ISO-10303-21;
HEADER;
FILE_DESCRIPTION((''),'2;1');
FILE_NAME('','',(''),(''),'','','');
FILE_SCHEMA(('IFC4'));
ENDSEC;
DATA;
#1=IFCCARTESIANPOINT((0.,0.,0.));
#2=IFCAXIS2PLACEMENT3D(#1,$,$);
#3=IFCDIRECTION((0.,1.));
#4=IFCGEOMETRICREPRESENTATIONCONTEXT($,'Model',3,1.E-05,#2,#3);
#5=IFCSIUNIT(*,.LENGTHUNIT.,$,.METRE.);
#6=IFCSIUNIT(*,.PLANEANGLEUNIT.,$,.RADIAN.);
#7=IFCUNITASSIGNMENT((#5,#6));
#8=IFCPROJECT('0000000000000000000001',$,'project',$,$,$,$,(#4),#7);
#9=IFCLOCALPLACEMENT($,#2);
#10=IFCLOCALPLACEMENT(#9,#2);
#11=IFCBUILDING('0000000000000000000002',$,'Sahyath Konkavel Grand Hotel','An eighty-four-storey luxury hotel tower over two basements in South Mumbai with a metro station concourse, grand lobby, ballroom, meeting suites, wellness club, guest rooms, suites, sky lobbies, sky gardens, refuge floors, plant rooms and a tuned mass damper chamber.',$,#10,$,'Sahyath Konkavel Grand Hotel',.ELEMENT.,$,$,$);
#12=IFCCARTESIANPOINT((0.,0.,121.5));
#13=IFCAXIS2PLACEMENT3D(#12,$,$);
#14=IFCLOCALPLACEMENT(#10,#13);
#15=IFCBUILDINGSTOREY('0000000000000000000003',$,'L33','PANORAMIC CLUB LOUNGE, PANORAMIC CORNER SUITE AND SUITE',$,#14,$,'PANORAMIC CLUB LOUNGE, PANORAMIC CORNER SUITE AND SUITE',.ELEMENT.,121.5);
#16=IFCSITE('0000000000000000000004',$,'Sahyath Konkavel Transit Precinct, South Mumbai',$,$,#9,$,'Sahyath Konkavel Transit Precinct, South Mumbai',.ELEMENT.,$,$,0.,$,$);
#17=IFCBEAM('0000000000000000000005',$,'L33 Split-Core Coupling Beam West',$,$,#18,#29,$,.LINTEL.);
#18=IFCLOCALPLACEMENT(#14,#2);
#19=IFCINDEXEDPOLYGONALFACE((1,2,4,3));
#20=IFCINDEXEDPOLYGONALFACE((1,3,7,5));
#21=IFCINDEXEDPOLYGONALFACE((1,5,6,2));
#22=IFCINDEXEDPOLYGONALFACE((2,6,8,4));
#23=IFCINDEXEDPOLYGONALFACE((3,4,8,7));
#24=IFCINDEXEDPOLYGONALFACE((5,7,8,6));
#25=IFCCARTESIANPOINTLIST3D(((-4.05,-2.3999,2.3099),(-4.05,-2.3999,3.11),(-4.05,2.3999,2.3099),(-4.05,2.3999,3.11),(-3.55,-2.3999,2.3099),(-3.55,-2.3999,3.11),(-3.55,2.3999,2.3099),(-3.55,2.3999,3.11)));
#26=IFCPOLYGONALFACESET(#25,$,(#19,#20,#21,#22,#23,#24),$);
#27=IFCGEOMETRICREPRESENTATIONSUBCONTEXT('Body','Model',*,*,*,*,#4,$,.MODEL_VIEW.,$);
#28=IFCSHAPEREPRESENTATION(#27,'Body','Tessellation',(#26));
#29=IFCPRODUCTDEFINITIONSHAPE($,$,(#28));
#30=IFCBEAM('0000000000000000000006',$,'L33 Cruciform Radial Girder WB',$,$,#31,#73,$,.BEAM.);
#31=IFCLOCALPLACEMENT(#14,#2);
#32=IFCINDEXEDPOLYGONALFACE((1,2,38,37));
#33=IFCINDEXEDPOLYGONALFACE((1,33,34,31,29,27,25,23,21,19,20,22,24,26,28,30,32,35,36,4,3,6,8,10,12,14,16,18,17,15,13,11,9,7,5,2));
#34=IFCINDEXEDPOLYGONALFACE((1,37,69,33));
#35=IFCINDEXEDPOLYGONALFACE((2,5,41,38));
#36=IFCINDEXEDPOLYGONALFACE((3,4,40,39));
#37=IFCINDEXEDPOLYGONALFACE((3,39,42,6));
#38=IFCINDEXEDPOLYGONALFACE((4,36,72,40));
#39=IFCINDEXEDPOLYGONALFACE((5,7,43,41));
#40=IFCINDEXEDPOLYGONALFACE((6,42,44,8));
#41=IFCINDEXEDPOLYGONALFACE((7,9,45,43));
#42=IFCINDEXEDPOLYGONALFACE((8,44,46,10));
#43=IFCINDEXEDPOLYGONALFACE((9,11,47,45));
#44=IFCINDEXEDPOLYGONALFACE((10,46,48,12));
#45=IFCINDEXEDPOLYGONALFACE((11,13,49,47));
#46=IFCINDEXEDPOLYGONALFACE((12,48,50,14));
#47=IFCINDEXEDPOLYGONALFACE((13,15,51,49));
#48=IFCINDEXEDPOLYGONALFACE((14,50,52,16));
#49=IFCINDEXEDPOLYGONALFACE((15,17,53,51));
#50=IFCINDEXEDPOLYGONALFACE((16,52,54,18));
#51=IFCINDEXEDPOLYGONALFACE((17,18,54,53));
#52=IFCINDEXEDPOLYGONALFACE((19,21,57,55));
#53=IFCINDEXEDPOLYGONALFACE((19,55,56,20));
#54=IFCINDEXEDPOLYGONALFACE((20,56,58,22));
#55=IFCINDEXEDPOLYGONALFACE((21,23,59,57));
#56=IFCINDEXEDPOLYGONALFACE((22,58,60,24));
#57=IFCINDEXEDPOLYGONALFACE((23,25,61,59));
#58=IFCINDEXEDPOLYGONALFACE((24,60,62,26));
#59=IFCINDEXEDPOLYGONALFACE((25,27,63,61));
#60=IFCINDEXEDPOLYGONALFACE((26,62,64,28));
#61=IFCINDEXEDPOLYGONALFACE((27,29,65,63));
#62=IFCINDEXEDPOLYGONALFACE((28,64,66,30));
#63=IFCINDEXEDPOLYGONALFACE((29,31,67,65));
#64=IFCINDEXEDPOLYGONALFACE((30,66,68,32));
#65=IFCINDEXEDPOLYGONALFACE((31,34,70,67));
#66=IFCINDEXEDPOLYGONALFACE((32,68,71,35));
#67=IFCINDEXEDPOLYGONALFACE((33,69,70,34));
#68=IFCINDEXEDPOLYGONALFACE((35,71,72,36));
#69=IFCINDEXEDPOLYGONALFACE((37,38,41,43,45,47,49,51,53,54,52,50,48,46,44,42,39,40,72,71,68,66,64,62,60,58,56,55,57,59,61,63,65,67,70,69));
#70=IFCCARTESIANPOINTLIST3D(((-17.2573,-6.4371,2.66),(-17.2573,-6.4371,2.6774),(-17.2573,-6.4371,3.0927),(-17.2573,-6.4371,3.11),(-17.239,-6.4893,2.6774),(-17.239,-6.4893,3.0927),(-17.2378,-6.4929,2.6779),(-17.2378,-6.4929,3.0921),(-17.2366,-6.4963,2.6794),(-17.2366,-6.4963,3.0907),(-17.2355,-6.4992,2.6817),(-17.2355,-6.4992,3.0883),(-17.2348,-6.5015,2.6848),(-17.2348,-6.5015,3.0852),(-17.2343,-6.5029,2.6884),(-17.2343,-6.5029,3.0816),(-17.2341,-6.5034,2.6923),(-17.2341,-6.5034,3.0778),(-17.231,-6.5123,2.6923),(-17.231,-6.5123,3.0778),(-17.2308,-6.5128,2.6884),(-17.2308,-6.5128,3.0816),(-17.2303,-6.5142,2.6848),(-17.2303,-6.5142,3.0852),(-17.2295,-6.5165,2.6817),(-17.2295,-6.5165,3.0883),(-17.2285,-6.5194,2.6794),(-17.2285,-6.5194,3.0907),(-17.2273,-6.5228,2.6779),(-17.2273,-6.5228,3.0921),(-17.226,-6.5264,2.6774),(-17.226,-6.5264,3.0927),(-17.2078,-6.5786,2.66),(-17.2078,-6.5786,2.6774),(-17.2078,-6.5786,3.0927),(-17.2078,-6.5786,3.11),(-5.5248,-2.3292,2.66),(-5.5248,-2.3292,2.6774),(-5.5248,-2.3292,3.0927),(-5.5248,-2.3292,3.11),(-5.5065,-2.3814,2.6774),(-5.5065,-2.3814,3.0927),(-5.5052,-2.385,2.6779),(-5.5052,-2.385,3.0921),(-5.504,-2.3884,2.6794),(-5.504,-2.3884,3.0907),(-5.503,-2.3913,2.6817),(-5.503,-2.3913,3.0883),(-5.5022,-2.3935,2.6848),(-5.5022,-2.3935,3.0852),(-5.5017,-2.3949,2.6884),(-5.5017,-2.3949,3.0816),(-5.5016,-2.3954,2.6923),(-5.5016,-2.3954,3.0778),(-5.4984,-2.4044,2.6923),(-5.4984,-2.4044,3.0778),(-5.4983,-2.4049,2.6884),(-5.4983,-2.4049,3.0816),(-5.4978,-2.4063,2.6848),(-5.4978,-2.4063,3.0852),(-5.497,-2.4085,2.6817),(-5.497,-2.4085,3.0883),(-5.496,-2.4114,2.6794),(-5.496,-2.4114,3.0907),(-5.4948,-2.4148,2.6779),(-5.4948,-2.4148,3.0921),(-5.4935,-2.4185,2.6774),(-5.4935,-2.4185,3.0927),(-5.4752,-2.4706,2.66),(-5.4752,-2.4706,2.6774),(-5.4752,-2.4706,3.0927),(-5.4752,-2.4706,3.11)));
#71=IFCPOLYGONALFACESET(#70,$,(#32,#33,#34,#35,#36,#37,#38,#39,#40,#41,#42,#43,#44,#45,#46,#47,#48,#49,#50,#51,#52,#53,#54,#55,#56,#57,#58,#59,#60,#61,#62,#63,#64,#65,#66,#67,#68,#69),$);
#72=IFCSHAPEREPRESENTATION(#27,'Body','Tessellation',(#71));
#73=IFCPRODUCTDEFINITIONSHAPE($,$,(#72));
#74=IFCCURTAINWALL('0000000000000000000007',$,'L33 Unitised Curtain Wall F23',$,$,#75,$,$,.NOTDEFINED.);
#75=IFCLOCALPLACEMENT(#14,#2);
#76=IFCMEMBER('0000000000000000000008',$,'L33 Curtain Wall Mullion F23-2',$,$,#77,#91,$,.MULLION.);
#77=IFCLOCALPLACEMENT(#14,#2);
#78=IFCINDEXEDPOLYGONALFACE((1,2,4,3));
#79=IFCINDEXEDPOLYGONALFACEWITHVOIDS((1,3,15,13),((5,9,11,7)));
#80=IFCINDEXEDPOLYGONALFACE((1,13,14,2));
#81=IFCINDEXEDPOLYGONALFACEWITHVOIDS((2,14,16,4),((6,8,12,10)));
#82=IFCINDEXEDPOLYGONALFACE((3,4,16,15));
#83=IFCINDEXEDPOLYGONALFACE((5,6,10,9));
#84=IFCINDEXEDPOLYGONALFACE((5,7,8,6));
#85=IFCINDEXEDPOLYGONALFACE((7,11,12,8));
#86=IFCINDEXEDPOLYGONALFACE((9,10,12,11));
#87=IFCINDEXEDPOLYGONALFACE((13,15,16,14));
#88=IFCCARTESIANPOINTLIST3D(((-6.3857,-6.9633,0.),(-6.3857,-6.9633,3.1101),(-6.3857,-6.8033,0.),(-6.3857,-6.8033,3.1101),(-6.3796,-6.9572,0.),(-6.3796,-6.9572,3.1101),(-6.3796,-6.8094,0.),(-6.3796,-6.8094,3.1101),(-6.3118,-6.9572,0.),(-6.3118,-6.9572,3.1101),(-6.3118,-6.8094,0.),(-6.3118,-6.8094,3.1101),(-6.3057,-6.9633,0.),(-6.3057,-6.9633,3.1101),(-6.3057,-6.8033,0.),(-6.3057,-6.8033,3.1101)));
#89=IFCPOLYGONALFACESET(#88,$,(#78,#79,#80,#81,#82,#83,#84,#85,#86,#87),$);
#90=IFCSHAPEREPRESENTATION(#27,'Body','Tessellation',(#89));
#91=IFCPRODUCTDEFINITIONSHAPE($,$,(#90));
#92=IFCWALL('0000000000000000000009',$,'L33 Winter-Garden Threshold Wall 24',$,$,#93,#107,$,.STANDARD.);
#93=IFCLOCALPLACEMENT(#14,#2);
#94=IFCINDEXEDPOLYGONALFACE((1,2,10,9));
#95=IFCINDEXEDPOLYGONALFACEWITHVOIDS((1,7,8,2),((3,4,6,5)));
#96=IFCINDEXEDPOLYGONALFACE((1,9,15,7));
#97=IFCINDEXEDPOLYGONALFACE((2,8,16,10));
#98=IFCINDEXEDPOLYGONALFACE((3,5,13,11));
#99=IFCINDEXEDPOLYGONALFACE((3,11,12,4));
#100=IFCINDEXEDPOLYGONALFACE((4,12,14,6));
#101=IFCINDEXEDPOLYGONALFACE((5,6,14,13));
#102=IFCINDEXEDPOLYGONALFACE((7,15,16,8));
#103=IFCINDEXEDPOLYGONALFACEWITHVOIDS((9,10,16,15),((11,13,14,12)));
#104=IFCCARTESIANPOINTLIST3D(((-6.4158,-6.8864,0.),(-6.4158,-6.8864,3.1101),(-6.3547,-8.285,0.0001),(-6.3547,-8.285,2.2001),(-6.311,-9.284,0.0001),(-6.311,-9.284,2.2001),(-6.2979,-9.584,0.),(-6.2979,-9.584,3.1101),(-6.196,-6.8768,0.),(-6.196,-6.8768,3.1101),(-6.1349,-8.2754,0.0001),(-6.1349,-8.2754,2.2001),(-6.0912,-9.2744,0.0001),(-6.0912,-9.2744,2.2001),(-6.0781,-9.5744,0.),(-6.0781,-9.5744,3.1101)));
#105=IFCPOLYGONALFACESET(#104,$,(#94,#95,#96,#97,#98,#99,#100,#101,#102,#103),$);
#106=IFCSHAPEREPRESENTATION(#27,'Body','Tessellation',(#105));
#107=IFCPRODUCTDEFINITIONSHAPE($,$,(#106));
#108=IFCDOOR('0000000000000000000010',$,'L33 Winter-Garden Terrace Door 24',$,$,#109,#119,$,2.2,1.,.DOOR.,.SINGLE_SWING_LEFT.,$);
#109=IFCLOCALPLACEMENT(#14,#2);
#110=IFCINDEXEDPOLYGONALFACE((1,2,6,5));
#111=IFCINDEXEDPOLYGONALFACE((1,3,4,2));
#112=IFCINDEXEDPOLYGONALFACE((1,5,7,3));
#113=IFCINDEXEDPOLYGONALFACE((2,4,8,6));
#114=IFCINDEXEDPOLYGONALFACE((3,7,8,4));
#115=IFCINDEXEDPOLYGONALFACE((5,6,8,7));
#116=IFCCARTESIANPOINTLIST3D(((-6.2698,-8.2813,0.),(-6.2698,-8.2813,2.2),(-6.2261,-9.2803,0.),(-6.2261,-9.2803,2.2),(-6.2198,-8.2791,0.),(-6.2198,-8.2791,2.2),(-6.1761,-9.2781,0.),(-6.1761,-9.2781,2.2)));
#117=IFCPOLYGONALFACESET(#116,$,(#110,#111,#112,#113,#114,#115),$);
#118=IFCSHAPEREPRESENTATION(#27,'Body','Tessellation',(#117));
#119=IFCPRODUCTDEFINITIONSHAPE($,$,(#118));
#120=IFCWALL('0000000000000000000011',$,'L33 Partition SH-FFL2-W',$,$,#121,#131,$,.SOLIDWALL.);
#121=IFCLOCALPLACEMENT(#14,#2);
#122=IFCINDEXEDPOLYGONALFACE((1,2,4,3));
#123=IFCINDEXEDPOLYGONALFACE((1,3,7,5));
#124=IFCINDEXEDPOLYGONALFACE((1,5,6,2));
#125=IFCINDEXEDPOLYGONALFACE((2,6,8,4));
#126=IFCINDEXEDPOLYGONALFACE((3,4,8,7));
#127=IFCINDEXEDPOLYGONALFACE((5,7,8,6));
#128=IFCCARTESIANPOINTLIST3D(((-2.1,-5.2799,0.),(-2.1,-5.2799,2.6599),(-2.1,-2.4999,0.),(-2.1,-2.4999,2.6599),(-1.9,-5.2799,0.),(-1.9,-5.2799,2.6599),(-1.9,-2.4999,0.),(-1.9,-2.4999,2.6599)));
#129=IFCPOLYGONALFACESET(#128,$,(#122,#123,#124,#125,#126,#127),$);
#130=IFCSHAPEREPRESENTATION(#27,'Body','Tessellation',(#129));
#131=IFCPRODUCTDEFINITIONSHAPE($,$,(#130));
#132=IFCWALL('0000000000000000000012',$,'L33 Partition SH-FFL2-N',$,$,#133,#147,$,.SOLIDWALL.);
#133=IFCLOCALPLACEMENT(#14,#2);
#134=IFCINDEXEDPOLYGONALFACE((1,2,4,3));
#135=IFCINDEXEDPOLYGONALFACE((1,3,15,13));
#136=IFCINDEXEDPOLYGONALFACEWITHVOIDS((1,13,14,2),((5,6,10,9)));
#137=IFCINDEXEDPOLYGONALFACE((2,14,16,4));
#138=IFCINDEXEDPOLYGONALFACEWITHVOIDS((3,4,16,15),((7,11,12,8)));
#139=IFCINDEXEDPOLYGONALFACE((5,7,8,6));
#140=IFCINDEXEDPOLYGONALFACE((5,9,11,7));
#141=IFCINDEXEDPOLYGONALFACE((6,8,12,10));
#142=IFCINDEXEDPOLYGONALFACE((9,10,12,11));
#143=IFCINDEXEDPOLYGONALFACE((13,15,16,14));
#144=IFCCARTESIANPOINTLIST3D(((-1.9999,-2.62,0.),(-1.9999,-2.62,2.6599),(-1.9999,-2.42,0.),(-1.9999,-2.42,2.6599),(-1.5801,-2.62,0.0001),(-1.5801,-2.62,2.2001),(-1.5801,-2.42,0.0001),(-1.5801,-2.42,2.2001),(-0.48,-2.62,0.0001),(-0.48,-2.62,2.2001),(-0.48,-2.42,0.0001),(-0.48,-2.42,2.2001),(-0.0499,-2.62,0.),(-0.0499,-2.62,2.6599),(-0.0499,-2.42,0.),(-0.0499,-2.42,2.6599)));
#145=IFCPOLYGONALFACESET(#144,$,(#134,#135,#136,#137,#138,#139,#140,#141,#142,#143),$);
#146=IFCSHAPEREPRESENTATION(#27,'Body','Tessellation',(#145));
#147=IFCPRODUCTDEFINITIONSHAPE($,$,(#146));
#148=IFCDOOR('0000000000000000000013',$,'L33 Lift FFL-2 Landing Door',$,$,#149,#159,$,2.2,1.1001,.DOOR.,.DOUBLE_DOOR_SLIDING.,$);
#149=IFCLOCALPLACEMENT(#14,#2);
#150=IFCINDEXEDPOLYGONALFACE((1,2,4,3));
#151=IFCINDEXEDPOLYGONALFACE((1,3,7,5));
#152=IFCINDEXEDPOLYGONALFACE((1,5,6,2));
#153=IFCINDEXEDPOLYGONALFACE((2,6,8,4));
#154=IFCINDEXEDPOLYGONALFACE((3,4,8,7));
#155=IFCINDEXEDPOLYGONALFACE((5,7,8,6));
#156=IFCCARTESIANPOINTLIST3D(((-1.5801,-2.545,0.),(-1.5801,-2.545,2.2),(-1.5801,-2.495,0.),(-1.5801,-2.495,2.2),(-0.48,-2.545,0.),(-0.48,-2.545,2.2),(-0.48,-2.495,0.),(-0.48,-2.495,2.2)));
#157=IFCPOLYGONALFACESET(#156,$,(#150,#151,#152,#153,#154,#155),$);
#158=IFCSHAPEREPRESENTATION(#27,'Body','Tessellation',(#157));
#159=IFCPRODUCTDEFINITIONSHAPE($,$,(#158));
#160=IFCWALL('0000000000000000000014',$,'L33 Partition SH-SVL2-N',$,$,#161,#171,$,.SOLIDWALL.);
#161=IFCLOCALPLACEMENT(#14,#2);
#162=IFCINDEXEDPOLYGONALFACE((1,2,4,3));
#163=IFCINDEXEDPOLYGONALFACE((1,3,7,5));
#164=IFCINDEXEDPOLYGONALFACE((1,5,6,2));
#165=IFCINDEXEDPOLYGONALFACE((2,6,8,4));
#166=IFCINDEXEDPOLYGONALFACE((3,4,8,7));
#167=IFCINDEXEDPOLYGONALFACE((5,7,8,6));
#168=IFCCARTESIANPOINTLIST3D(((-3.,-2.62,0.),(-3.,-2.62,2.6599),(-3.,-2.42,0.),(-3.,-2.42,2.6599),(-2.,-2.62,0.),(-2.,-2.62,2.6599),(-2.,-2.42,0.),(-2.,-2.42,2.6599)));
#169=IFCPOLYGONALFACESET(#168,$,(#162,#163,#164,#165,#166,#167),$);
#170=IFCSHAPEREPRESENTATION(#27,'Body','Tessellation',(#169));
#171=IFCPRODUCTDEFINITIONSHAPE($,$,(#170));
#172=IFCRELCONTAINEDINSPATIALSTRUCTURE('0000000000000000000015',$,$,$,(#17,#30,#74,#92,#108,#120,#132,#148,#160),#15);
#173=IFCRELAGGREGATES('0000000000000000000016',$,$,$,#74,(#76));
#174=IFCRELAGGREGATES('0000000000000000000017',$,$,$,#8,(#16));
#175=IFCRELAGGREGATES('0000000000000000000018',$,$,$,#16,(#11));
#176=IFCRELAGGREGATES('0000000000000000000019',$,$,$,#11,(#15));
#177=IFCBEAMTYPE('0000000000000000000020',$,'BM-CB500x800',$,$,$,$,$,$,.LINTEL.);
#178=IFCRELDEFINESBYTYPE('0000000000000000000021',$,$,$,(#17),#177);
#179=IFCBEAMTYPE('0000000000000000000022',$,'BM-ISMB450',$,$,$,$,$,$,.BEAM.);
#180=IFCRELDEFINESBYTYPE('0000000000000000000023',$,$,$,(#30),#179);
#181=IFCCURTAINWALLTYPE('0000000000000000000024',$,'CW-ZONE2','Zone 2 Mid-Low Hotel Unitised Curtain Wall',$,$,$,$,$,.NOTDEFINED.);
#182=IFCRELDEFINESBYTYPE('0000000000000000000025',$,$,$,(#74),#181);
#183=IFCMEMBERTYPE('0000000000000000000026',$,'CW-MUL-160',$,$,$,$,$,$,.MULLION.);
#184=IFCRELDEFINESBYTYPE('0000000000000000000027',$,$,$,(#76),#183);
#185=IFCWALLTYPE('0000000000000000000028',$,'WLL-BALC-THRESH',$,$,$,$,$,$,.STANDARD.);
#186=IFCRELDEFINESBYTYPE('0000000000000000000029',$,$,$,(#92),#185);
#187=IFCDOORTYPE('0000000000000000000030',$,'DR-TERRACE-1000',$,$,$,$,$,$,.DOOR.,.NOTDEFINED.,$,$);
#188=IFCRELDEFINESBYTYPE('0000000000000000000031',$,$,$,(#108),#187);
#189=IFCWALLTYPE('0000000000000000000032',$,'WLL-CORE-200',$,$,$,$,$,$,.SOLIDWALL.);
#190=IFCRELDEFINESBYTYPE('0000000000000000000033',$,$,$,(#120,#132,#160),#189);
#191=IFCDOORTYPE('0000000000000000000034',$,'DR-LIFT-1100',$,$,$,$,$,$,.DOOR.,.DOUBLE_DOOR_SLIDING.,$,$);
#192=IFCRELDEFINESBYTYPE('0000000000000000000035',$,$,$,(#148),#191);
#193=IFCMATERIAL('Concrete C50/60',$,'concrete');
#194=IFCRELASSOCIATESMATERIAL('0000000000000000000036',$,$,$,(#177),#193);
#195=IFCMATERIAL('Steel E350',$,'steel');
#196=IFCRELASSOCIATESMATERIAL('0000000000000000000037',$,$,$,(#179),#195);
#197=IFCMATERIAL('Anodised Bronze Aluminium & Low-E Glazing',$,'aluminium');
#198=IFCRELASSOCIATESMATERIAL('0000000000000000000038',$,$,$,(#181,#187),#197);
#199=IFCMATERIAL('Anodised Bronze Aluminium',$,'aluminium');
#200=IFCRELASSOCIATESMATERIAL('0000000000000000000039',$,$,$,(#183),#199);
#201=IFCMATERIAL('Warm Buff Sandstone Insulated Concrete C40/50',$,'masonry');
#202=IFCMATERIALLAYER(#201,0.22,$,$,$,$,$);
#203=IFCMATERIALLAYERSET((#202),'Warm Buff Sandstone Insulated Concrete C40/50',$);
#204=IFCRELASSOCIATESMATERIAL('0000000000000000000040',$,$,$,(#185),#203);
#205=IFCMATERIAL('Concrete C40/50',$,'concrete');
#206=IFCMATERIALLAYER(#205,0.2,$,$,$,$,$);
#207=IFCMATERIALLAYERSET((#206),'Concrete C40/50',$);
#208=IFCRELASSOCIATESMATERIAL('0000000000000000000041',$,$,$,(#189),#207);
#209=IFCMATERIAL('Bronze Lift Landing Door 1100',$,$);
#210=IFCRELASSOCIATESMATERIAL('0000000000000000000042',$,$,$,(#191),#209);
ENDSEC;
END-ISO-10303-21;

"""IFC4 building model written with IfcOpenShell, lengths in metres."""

from ifc_helpers import new_model, si_unit, direction, frame, frame_2d, origin, origin_2d, place, context, subcontext, project, spatial, rectangle, hollow_rectangle, i_section, extrude, source, transform, mapped, material, layer, layer_set, material_profile, profile_set, type_object, element, fill, aggregate, save


model = new_model("IFC4")

# Units and contexts
model_context = context("Model", 3, precision=1e-05, world=origin(), true_north=direction((0.0, 1.0)))
body_context = subcontext(model_context, "Body", "Model", "MODEL_VIEW")
ifc_project = project(units=[si_unit("LENGTHUNIT", "METRE"), si_unit("PLANEANGLEUNIT", "RADIAN")], contexts=[model_context])

# Site, building, storey
site_placement = place(None, origin())
site = spatial("IfcSite", under=ifc_project, at=site_placement, Name="Sahyath Konkavel Transit Precinct, South Mumbai", LongName="Sahyath Konkavel Transit Precinct, South Mumbai", CompositionType="ELEMENT", RefElevation=0.0)
building_placement = place(site_placement, origin())
building = spatial("IfcBuilding", under=site, at=building_placement, Name="Sahyath Konkavel Grand Hotel", Description="An eighty-four-storey luxury hotel tower over two basements in South Mumbai with a metro station concourse, grand lobby, ballroom, meeting suites, wellness club, guest rooms, suites, sky lobbies, sky gardens, refuge floors, plant rooms and a tuned mass damper chamber.", LongName="Sahyath Konkavel Grand Hotel", CompositionType="ELEMENT")
storey_placement = place(building_placement, frame((0.0, 0.0, 121.5)))
storey = spatial("IfcBuildingStorey", under=building, at=storey_placement, Name="L33", Description="PANORAMIC CLUB LOUNGE, PANORAMIC CORNER SUITE AND SUITE", LongName="PANORAMIC CLUB LOUNGE, PANORAMIC CORNER SUITE AND SUITE", CompositionType="ELEMENT", Elevation=121.5)

# Shared definitions
ifc_material_1 = material(Name="Concrete C50/60", Category="concrete")

# Beams
ifc_material_2 = material(Name="Steel E350", Category="steel")
ifc_material_profile_1 = material_profile(ifc_material_1, rectangle(XDim=0.5, YDim=0.8, at=origin_2d()), Name="RC 500x800")
ifc_profile_set_1 = profile_set([ifc_material_profile_1], Name="Concrete C50/60")
beam_type_1 = type_object("IfcBeamType", Name="BM-CB500x800", PredefinedType="LINTEL", material=ifc_profile_set_1)
shared_shape_1 = source(origin(), body_context, "Body", "SweptSolid", [
    extrude(rectangle(XDim=0.5, YDim=0.8, at=origin_2d()), origin(), (0.0, 0.0, 1.0), 4.7998),
])
beam_1_placement = place(storey_placement, frame((-3.8, -2.3999, 2.71), z_axis=(0.0, 1.0, 0.0), x_axis=(-1.0, 0.0, 0.0)))
element("IfcBeam", 1, at=beam_1_placement, inside=storey, type_object=beam_type_1, Name="L33 Split-Core Coupling Beam West", PredefinedType="LINTEL", context=body_context, shape_type="MappedRepresentation", body=[
    mapped(shared_shape_1, transform((0.0, 0.0, 0.0), scale=1.0)),
])
ifc_material_profile_2 = material_profile(ifc_material_2, i_section(OverallWidth=0.1499, OverallDepth=0.45, WebThickness=0.0095, FlangeThickness=0.0173, FilletRadius=0.0149, at=origin_2d()), Name="ISMB 450")
ifc_profile_set_2 = profile_set([ifc_material_profile_2], Name="Steel E350")
beam_type_2 = type_object("IfcBeamType", Name="BM-ISMB450", PredefinedType="BEAM", material=ifc_profile_set_2)
shared_shape_2 = source(origin(), body_context, "Body", "SweptSolid", [
    extrude(i_section(OverallWidth=0.1499, OverallDepth=0.45, WebThickness=0.0095, FlangeThickness=0.0173, FilletRadius=0.0149, at=origin_2d()), origin(), (0.0, 0.0, 1.0), 12.4309),
])
beam_2_placement = place(storey_placement, frame((-5.5, -2.3999, 2.885), z_axis=(-0.943819, -0.330462, 0.0), x_axis=(0.330462, -0.943819, 0.0)))
element("IfcBeam", 2, at=beam_2_placement, inside=storey, type_object=beam_type_2, Name="L33 Cruciform Radial Girder WB", PredefinedType="BEAM", context=body_context, shape_type="MappedRepresentation", body=[
    mapped(shared_shape_2, transform((0.0, 0.0, 0.0), scale=1.0)),
])

# Curtain wall, member
ifc_material_3 = material(Name="Anodised Bronze Aluminium & Low-E Glazing", Category="aluminium")
curtain_wall_type = type_object("IfcCurtainWallType", Name="CW-ZONE2", Description="Zone 2 Mid-Low Hotel Unitised Curtain Wall", PredefinedType="NOTDEFINED", material=ifc_material_3)
curtain_wall_placement = place(storey_placement, origin())
curtain_wall = element("IfcCurtainWall", 3, at=curtain_wall_placement, inside=storey, type_object=curtain_wall_type, Name="L33 Unitised Curtain Wall F23", PredefinedType="NOTDEFINED")
ifc_material_4 = material(Name="Anodised Bronze Aluminium", Category="aluminium")
ifc_material_profile_3 = material_profile(ifc_material_4, hollow_rectangle(XDim=0.0801, YDim=0.1599, WallThickness=0.0061, at=origin_2d()), Name="RHS 160x80x6")
ifc_profile_set_3 = profile_set([ifc_material_profile_3], Name="Anodised Bronze Aluminium")
member_type = type_object("IfcMemberType", Name="CW-MUL-160", PredefinedType="MULLION", material=ifc_profile_set_3)
shared_shape_3 = source(origin(), body_context, "Body", "SweptSolid", [
    extrude(hollow_rectangle(XDim=0.0801, YDim=0.1599, WallThickness=0.0061, at=origin_2d()), origin(), (0.0, 0.0, 1.0), 3.1101),
])
member_placement = place(storey_placement, frame((-6.3457, -6.8833, 0.0), z_axis=(0.0, 0.0, 1.0), x_axis=(1.0, 0.0, 0.0)))
member = element("IfcMember", 4, at=member_placement, type_object=member_type, Name="L33 Curtain Wall Mullion F23-2", PredefinedType="MULLION", context=body_context, shape_type="MappedRepresentation", body=[
    mapped(shared_shape_3, transform((0.0, 0.0, 0.0), scale=1.0)),
])
aggregate(curtain_wall, [member])

# Wall, opening, door
ifc_material_5 = material(Name="Warm Buff Sandstone Insulated Concrete C40/50", Category="masonry")
ifc_layer_1 = layer(ifc_material_5, 0.22)
ifc_layer_set_1 = layer_set([ifc_layer_1], Name="Warm Buff Sandstone Insulated Concrete C40/50")
wall_type_1 = type_object("IfcWallType", Name="WLL-BALC-THRESH", PredefinedType="STANDARD", material=ifc_layer_set_1)
wall_1_placement = place(storey_placement, frame((-6.3059, -6.8816, 0.0), z_axis=(0.0, 0.0, 1.0), x_axis=(0.043673, -0.999046, 0.0)))
wall_1 = element("IfcWall", 5, at=wall_1_placement, inside=storey, type_object=wall_type_1, Name="L33 Winter-Garden Threshold Wall 24", PredefinedType="STANDARD", context=body_context, shape_type="SweptSolid", body=[
    extrude(rectangle(XDim=2.7002, YDim=0.22, at=frame_2d((1.3501, 0.0))), origin(), (0.0, 0.0, 1.0), 3.1101),
])
opening_1_placement = place(wall_1_placement, frame((1.3999, 0.0, 0.0)))
opening_1 = element("IfcOpeningElement", 6, at=opening_1_placement, cuts=wall_1, PredefinedType="OPENING", context=body_context, shape_type="SweptSolid", body=[
    extrude(rectangle(XDim=1.0, YDim=2.2, at=frame_2d((0.5, 1.1001))), frame((0.0, 0.1201, 0.0), z_axis=(0.0, -1.0, 0.0), x_axis=(1.0, 0.0, 0.0)), (0.0, 0.0, 1.0), 0.24),
])
door_type_1 = type_object("IfcDoorType", Name="DR-TERRACE-1000", OperationType="NOTDEFINED", PredefinedType="DOOR", material=ifc_material_3)
shared_shape_4 = source(origin(), body_context, "Body", "SweptSolid", [
    extrude(rectangle(XDim=1.0, YDim=0.05, at=origin_2d()), origin(), (0.0, 0.0, 1.0), 2.2),
])
door_1_placement = place(opening_1_placement, frame((0.5, 0.0, 0.0)))
door_1 = element("IfcDoor", 7, at=door_1_placement, inside=storey, type_object=door_type_1, Name="L33 Winter-Garden Terrace Door 24", OperationType="SINGLE_SWING_LEFT", OverallHeight=2.2, OverallWidth=1.0, PredefinedType="DOOR", context=body_context, shape_type="MappedRepresentation", body=[
    mapped(shared_shape_4, transform((0.0, 0.0, 0.0), scale=1.0)),
])
fill(opening_1, door_1)

# Wall
ifc_material_6 = material(Name="Concrete C40/50", Category="concrete")
ifc_layer_2 = layer(ifc_material_6, 0.2)
ifc_layer_set_2 = layer_set([ifc_layer_2], Name="Concrete C40/50")
wall_type_2 = type_object("IfcWallType", Name="WLL-CORE-200", PredefinedType="SOLIDWALL", material=ifc_layer_set_2)
wall_2_placement = place(storey_placement, frame((-2.0, -5.28, 0.0), z_axis=(0.0, 0.0, 1.0), x_axis=(0.0, 1.0, 0.0)))
element("IfcWall", 8, at=wall_2_placement, inside=storey, type_object=wall_type_2, Name="L33 Partition SH-FFL2-W", PredefinedType="SOLIDWALL", context=body_context, shape_type="SweptSolid", body=[
    extrude(rectangle(XDim=2.78, YDim=0.2, at=frame_2d((1.3901, 0.0))), origin(), (0.0, 0.0, 1.0), 2.6599),
])

# Wall, opening, door
wall_3_placement = place(storey_placement, frame((-2.0, -2.52, 0.0), z_axis=(0.0, 0.0, 1.0), x_axis=(1.0, 0.0, 0.0)))
wall_3 = element("IfcWall", 9, at=wall_3_placement, inside=storey, type_object=wall_type_2, Name="L33 Partition SH-FFL2-N", PredefinedType="SOLIDWALL", context=body_context, shape_type="SweptSolid", body=[
    extrude(rectangle(XDim=1.95, YDim=0.2, at=frame_2d((0.9751, 0.0))), origin(), (0.0, 0.0, 1.0), 2.6599),
])
opening_2_placement = place(wall_3_placement, frame((0.4199, 0.0, 0.0)))
opening_2 = element("IfcOpeningElement", 10, at=opening_2_placement, cuts=wall_3, PredefinedType="OPENING", context=body_context, shape_type="SweptSolid", body=[
    extrude(rectangle(XDim=1.1001, YDim=2.2, at=frame_2d((0.55, 1.1001))), frame((0.0, 0.1099, 0.0), z_axis=(0.0, -1.0, 0.0), x_axis=(1.0, 0.0, 0.0)), (0.0, 0.0, 1.0), 0.22),
])
ifc_material_7 = material(Name="Bronze Lift Landing Door 1100")
door_type_2 = type_object("IfcDoorType", Name="DR-LIFT-1100", OperationType="DOUBLE_DOOR_SLIDING", PredefinedType="DOOR", material=ifc_material_7)
shared_shape_5 = source(origin(), body_context, "Body", "SweptSolid", [
    extrude(rectangle(XDim=1.1001, YDim=0.05, at=origin_2d()), origin(), (0.0, 0.0, 1.0), 2.2),
])
door_2_placement = place(opening_2_placement, frame((0.55, 0.0, 0.0)))
door_2 = element("IfcDoor", 11, at=door_2_placement, inside=storey, type_object=door_type_2, Name="L33 Lift FFL-2 Landing Door", OperationType="DOUBLE_DOOR_SLIDING", OverallHeight=2.2, OverallWidth=1.1001, PredefinedType="DOOR", context=body_context, shape_type="MappedRepresentation", body=[
    mapped(shared_shape_5, transform((0.0, 0.0, 0.0), scale=1.0)),
])
fill(opening_2, door_2)

# Wall
wall_4_placement = place(storey_placement, frame((-3.0, -2.52, 0.0), z_axis=(0.0, 0.0, 1.0), x_axis=(1.0, 0.0, 0.0)))
element("IfcWall", 12, at=wall_4_placement, inside=storey, type_object=wall_type_2, Name="L33 Partition SH-SVL2-N", PredefinedType="SOLIDWALL", context=body_context, shape_type="SweptSolid", body=[
    extrude(rectangle(XDim=1.0, YDim=0.2, at=frame_2d((0.5, 0.0))), origin(), (0.0, 0.0, 1.0), 2.6599),
])

save(model, "model.ifc")
